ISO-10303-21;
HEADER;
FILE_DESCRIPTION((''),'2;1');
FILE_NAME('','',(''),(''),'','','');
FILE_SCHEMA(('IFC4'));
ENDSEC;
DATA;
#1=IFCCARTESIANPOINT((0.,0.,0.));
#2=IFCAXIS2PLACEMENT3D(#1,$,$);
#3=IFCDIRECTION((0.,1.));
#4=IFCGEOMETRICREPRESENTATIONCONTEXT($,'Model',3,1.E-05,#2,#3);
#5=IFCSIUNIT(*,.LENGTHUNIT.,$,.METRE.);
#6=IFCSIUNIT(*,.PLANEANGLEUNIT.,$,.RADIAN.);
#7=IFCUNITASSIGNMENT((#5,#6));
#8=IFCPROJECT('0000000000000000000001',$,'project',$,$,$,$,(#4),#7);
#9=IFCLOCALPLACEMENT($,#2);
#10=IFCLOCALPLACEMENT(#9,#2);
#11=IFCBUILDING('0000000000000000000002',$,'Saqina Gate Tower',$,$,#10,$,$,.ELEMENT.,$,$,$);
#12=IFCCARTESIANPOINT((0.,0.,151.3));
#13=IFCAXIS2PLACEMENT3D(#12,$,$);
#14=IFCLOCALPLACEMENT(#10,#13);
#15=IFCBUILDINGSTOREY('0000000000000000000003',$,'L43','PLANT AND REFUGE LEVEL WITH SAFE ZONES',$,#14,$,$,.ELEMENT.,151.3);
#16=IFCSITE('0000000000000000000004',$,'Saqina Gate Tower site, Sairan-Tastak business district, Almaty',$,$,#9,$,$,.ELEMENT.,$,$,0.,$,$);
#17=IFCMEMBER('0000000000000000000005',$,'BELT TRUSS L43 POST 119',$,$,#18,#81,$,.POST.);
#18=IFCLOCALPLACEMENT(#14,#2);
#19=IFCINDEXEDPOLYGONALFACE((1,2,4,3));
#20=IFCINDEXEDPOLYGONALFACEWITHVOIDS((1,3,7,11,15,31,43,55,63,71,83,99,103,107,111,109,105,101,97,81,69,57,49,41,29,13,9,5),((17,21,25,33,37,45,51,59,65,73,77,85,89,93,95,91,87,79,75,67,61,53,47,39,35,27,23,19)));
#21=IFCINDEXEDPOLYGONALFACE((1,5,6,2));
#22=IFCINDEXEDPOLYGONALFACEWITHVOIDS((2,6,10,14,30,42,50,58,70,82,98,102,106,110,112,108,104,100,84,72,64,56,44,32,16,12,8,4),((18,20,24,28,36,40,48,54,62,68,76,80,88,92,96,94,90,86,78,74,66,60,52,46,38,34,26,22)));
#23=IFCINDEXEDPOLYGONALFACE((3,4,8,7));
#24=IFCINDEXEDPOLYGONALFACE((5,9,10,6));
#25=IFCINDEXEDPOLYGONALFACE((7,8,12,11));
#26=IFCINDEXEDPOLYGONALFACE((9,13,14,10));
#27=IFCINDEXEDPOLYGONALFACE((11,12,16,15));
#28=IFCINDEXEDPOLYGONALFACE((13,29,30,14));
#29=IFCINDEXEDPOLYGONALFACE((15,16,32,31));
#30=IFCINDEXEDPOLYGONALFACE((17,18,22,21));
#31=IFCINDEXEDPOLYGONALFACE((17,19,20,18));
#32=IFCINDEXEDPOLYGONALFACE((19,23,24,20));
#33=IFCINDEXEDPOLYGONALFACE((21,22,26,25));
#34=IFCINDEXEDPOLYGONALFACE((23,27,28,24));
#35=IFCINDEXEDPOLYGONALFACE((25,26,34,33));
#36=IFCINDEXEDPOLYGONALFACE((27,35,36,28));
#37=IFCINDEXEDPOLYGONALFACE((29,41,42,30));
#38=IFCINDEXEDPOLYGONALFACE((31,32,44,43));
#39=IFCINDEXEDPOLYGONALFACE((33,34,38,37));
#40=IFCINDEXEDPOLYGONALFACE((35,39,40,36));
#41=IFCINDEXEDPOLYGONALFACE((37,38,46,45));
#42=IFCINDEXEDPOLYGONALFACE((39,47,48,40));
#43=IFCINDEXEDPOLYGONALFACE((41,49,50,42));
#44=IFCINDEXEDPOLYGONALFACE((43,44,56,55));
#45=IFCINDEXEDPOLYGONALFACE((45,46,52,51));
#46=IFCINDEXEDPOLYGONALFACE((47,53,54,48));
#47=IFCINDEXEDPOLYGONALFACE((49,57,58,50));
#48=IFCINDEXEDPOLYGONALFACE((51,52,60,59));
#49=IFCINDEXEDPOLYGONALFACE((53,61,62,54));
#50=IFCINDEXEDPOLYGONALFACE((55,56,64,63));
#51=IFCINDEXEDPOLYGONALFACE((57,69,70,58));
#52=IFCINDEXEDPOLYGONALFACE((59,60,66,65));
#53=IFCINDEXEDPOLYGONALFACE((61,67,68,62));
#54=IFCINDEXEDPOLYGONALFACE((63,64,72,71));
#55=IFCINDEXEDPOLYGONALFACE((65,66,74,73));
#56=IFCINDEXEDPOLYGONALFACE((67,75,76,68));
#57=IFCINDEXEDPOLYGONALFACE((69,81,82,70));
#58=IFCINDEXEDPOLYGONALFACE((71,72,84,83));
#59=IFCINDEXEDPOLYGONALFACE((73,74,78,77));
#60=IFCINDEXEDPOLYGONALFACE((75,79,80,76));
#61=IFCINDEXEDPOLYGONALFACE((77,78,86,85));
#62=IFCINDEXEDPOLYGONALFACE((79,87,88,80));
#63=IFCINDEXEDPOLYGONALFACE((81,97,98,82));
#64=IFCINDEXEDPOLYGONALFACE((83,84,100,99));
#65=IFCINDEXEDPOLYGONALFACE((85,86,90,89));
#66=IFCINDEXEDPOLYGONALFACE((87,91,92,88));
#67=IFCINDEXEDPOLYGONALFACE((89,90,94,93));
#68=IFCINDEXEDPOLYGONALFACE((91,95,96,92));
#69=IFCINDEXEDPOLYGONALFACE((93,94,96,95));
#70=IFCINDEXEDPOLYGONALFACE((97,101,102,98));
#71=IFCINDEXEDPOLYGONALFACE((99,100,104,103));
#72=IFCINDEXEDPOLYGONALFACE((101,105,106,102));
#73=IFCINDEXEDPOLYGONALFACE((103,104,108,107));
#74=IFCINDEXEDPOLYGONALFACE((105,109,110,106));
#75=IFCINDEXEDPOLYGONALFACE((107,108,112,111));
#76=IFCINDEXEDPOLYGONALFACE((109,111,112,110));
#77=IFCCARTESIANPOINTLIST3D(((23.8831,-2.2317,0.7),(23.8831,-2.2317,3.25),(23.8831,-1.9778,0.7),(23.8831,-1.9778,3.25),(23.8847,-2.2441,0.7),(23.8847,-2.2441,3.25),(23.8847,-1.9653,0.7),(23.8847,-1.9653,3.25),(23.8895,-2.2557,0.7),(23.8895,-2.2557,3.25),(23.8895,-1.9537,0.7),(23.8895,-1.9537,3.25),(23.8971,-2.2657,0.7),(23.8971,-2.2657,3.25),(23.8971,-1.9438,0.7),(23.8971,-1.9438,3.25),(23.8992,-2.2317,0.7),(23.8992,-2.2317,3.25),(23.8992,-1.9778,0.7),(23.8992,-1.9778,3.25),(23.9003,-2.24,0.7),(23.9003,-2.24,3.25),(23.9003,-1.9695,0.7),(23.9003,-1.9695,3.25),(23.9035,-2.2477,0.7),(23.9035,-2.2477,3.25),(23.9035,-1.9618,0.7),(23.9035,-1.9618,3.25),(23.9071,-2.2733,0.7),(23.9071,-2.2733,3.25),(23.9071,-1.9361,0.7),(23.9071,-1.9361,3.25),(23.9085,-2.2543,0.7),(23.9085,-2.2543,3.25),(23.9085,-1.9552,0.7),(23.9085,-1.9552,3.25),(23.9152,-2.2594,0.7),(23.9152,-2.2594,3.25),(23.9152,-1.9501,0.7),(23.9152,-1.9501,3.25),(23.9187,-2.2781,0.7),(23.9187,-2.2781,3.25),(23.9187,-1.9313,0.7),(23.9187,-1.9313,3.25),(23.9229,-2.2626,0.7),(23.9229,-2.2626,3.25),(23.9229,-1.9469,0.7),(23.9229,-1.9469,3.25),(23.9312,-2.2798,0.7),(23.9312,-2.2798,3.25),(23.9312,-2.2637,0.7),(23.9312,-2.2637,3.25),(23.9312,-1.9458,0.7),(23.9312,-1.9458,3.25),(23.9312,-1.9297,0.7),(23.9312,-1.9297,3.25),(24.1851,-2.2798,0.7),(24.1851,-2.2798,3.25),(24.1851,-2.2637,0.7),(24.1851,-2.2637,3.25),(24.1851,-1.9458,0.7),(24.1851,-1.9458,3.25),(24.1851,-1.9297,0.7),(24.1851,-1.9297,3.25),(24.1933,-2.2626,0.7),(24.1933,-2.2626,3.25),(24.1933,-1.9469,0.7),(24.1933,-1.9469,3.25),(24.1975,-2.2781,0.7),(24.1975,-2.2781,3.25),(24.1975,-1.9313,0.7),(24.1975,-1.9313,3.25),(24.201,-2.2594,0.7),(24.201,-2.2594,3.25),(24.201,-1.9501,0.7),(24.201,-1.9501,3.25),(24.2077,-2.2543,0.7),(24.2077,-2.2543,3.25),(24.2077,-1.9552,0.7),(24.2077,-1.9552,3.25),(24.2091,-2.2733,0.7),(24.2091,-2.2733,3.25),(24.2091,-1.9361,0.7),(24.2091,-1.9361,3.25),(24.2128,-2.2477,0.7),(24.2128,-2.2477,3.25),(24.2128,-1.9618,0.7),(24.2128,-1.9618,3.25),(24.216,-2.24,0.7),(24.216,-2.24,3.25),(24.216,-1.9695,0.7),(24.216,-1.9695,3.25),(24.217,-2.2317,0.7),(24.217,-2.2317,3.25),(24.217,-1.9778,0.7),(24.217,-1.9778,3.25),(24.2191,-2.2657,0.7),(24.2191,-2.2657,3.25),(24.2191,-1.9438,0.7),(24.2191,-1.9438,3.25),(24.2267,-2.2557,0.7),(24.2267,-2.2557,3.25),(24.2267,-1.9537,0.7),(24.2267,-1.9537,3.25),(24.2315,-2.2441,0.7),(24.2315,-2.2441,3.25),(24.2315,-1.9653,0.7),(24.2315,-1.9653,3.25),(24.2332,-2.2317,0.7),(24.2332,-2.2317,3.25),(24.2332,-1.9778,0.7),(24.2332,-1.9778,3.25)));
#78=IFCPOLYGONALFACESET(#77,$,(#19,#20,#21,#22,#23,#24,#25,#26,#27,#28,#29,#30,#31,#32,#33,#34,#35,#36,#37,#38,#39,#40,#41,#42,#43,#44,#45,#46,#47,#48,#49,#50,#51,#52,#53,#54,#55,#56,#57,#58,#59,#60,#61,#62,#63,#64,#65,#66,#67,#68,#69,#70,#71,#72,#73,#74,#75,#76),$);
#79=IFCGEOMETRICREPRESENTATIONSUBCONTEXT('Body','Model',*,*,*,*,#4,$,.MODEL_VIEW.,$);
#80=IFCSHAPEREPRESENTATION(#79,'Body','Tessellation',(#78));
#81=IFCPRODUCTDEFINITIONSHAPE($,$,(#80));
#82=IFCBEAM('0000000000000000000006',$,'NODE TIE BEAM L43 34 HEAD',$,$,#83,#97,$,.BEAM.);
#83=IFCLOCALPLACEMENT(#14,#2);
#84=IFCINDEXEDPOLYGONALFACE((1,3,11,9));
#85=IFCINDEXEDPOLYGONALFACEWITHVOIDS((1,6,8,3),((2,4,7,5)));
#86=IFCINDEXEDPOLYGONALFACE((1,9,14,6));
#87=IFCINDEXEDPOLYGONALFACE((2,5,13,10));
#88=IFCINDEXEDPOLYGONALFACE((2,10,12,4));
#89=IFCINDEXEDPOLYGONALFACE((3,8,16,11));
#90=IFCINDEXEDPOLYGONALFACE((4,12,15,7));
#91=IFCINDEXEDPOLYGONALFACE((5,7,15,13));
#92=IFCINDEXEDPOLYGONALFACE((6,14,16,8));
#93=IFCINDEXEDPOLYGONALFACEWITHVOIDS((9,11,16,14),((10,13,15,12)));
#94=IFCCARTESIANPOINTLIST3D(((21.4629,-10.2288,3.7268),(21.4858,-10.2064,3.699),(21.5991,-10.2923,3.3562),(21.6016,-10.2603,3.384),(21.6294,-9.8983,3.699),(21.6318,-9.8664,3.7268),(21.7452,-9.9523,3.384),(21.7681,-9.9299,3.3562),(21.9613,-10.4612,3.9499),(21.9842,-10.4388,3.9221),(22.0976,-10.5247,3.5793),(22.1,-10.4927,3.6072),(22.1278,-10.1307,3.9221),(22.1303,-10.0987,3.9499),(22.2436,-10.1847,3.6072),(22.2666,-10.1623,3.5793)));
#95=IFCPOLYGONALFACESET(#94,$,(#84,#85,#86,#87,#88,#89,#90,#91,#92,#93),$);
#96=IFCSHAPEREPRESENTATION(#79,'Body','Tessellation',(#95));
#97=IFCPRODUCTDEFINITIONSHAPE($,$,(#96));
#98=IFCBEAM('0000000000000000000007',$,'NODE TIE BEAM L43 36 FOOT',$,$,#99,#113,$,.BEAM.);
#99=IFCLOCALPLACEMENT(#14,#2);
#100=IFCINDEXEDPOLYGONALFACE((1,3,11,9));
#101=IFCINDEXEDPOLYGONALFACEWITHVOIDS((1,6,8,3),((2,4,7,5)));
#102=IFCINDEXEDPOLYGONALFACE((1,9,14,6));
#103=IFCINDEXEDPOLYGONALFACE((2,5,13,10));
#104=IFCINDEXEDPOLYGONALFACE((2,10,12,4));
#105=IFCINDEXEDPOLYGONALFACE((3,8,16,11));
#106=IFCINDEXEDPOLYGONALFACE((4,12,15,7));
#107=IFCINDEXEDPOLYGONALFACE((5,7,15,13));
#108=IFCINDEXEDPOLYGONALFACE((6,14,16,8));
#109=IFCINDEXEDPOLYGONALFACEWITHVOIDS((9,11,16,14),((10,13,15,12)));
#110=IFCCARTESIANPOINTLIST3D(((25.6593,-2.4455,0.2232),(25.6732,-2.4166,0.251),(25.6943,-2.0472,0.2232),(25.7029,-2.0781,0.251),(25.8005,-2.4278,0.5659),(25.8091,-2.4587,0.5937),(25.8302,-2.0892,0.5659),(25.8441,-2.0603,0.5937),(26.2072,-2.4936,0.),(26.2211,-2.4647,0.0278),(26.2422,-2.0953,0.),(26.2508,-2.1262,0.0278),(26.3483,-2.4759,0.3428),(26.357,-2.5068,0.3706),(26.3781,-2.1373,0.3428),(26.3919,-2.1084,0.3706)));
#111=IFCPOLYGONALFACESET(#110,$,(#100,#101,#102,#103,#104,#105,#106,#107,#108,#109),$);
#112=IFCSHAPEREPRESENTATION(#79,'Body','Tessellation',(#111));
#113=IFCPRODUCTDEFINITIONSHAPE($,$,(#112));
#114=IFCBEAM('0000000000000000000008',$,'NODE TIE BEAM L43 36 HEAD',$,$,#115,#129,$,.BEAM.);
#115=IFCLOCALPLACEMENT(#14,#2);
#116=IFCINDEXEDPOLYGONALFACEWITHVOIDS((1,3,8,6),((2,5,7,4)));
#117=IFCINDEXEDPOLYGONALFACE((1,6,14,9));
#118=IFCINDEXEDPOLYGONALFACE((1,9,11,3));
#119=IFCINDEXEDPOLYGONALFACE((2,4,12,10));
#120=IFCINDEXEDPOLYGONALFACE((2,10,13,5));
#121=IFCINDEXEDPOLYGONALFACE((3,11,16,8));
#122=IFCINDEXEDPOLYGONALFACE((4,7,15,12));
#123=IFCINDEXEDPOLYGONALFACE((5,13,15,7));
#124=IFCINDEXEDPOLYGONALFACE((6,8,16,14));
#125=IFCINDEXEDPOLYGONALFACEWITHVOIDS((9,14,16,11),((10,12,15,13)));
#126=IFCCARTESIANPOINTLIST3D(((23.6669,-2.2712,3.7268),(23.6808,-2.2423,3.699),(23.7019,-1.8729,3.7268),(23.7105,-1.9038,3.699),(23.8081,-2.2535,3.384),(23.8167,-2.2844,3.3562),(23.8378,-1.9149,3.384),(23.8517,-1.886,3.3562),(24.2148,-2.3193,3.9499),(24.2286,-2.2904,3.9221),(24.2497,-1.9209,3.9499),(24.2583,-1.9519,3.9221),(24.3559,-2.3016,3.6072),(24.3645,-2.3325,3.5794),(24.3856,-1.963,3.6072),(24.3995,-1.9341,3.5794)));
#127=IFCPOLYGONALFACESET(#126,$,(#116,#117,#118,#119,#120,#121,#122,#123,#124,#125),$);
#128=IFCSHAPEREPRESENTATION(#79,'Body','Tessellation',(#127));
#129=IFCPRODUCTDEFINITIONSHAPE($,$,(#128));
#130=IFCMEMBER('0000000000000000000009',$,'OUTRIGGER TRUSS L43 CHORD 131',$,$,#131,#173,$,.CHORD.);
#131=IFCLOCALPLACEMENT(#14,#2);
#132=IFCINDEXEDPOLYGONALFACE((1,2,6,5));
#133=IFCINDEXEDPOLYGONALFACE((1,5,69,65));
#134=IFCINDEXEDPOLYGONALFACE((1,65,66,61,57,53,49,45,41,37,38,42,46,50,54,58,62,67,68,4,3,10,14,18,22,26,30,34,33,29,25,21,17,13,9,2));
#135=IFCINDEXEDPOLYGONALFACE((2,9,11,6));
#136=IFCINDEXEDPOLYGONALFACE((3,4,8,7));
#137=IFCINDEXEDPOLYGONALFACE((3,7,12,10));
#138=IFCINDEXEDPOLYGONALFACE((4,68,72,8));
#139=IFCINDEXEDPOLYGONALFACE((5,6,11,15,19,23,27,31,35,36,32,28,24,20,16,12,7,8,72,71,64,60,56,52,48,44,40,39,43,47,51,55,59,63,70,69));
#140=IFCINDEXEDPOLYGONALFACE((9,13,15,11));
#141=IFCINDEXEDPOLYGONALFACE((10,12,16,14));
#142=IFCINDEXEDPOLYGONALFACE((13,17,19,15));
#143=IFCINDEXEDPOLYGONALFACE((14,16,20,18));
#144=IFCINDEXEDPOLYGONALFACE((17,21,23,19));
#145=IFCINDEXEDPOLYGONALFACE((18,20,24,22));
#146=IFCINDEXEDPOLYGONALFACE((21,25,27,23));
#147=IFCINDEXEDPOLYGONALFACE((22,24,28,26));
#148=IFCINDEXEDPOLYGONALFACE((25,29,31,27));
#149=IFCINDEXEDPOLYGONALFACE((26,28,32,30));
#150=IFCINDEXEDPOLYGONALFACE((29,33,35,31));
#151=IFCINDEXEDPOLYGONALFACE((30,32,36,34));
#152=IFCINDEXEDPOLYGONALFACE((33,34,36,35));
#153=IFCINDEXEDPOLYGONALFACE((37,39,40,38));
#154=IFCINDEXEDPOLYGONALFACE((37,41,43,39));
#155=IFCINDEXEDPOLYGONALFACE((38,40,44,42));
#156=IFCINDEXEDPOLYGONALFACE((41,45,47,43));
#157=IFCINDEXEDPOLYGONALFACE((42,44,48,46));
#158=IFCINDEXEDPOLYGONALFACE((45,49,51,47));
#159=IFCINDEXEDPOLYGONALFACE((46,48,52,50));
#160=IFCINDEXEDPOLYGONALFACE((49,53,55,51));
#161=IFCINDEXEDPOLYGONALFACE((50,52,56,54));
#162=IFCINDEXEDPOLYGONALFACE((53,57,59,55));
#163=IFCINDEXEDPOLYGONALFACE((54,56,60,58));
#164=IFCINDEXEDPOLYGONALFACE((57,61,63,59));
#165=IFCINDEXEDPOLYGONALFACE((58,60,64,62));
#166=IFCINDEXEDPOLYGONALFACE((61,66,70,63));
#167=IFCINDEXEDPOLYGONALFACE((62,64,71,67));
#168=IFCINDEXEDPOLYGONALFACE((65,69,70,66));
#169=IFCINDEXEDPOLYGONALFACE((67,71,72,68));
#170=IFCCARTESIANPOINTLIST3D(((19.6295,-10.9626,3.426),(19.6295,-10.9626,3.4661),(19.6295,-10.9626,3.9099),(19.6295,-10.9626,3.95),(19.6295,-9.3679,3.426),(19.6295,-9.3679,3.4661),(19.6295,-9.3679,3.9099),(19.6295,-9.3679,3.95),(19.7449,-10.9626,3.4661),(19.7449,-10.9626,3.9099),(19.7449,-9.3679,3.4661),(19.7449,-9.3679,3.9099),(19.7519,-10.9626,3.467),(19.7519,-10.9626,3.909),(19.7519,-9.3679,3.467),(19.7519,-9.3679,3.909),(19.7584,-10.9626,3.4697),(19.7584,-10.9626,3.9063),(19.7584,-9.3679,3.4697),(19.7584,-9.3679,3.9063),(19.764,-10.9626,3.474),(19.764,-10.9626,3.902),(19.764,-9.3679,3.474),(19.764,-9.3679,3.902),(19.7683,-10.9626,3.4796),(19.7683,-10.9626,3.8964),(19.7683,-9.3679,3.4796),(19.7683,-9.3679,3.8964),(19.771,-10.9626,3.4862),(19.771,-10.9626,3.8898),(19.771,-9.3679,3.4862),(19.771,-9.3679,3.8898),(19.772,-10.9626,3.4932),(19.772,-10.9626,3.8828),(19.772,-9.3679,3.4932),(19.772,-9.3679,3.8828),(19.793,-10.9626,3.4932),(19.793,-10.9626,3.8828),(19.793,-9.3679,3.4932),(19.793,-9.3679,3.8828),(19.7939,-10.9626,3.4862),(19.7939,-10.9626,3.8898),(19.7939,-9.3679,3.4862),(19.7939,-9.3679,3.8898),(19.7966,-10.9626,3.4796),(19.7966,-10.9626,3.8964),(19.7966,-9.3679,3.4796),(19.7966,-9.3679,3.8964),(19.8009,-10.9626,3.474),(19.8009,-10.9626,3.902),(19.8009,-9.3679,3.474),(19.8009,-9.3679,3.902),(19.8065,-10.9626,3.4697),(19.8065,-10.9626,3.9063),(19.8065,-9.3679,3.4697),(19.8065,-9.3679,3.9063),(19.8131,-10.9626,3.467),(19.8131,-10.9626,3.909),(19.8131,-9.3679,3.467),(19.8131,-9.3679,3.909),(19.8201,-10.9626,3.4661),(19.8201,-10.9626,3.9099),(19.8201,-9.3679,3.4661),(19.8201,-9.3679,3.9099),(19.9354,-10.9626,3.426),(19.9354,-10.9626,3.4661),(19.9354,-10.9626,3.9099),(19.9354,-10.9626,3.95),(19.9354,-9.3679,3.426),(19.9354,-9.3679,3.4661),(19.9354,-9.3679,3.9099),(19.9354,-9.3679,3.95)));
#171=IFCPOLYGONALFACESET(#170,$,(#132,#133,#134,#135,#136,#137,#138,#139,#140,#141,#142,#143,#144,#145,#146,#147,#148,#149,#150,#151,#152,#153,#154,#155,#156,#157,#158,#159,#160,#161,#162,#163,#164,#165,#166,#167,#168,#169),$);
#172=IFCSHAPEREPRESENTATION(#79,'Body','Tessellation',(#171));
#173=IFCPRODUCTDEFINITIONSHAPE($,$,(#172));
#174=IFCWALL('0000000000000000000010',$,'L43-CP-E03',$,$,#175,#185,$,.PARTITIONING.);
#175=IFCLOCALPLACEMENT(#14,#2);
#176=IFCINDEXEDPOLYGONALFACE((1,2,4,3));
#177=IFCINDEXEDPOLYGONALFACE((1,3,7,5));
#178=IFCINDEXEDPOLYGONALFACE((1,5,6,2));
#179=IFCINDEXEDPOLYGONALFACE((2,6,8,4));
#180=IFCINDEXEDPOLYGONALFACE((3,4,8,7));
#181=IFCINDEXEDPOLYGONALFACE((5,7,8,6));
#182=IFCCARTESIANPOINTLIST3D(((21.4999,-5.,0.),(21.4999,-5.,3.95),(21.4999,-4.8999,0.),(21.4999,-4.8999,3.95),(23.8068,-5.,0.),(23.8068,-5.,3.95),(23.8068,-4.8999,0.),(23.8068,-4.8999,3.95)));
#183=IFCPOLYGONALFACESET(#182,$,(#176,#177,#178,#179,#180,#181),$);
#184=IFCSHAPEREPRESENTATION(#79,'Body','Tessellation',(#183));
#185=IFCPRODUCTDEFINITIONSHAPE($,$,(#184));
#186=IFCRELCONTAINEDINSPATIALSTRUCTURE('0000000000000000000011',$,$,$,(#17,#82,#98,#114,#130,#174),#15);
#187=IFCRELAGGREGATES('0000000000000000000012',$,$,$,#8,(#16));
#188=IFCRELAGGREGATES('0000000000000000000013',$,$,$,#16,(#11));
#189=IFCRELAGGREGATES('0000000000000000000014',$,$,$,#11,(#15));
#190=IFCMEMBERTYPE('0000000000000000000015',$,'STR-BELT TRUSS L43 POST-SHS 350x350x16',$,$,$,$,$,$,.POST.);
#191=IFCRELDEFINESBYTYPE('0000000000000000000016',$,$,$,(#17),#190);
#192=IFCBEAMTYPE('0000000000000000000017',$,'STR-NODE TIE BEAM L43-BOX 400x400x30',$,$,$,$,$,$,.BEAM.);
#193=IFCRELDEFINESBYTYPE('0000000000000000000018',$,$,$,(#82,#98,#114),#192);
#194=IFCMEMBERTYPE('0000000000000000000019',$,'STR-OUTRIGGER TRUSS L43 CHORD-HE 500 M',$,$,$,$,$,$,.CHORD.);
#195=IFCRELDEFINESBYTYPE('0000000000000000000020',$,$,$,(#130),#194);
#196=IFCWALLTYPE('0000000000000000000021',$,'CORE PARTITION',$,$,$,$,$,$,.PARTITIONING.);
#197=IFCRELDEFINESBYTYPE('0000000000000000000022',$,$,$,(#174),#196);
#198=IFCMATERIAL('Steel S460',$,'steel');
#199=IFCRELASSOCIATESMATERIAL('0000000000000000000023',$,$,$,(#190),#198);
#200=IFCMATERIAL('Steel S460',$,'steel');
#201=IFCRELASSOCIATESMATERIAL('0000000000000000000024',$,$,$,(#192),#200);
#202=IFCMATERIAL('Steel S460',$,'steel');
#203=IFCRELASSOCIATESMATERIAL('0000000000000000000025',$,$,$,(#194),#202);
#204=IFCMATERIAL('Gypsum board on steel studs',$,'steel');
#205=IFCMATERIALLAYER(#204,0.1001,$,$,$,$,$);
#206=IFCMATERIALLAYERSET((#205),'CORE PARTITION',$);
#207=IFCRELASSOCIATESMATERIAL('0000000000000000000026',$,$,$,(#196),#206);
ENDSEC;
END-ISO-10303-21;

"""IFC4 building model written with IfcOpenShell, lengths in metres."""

from ifc_helpers import new_model, si_unit, direction, frame, frame_2d, origin, origin_2d, place, context, subcontext, project, spatial, rectangle, hollow_rectangle, i_section, extrude, material, layer, layer_set, material_profile, profile_set, type_object, element, save


model = new_model("IFC4")

# Units and contexts
model_context = context("Model", 3, precision=1e-05, world=origin(), true_north=direction((0.0, 1.0)))
body_context = subcontext(model_context, "Body", "Model", "MODEL_VIEW")
ifc_project = project(units=[si_unit("LENGTHUNIT", "METRE"), si_unit("PLANEANGLEUNIT", "RADIAN")], contexts=[model_context])

# Site, building, storey
site_placement = place(None, origin())
site = spatial("IfcSite", under=ifc_project, at=site_placement, Name="Saqina Gate Tower site, Sairan-Tastak business district, Almaty", CompositionType="ELEMENT", RefElevation=0.0)
building_placement = place(site_placement, origin())
building = spatial("IfcBuilding", under=site, at=building_placement, Name="Saqina Gate Tower", CompositionType="ELEMENT")
storey_placement = place(building_placement, frame((0.0, 0.0, 151.3)))
storey = spatial("IfcBuildingStorey", under=building, at=storey_placement, Name="L43", Description="PLANT AND REFUGE LEVEL WITH SAFE ZONES", CompositionType="ELEMENT", Elevation=151.3)

# Member
ifc_material_1 = material(Name="Steel S460", Category="steel")
ifc_material_profile_1 = material_profile(ifc_material_1, hollow_rectangle(XDim=0.3501, YDim=0.3501, WallThickness=0.0161, InnerFilletRadius=0.032, OuterFilletRadius=0.0481, at=origin_2d()), Name="SHS 350x350x16")
ifc_profile_set_1 = profile_set([ifc_material_profile_1], Name="Steel S460")
member_type_1 = type_object("IfcMemberType", Name="STR-BELT TRUSS L43 POST-SHS 350x350x16", PredefinedType="POST", material=ifc_profile_set_1)
for number, where, z_axis, x_axis, name in (
    (1, (24.0581, -2.1047, 0.7), (0.0, 0.0, 1.0), (1.0, 0.0, 0.0), "BELT TRUSS L43 POST 119"),
):
    element("IfcMember", number, at=place(storey_placement, frame(where, z_axis=z_axis, x_axis=x_axis)), inside=storey, type_object=member_type_1, Name=name, PredefinedType="POST", context=body_context, shape_type="SweptSolid", body=[
        extrude(hollow_rectangle(XDim=0.3501, YDim=0.3501, WallThickness=0.0161, InnerFilletRadius=0.032, OuterFilletRadius=0.0481, at=origin_2d()), origin(), (0.0, 0.0, 1.0), 2.55),
    ])

# Beams
ifc_material_2 = material(Name="Steel S460", Category="steel")
ifc_material_profile_2 = material_profile(ifc_material_2, hollow_rectangle(XDim=0.3999, YDim=0.3999, WallThickness=0.03, at=origin_2d()), Name="BOX 400x400x30")
ifc_profile_set_2 = profile_set([ifc_material_profile_2], Name="Steel S460")
beam_type = type_object("IfcBeamType", Name="STR-NODE TIE BEAM L43-BOX 400x400x30", PredefinedType="BEAM", material=ifc_profile_set_2)
for number, where, z_axis, x_axis, name in (
    (2, (21.6155, -10.0793, 3.5415), (0.839863, -0.391552, 0.375923), (0.422545, 0.906342, 0.0), "NODE TIE BEAM L43 34 HEAD"),
    (3, (26.2996, -2.301, 0.1853), (-0.923078, 0.081037, 0.375978), (-0.087453, -0.996169, 0.0), "NODE TIE BEAM L43 36 FOOT"),
    (4, (23.7593, -2.0786, 3.5415), (0.923078, -0.081037, 0.375978), (0.087453, 0.996169, 0.0), "NODE TIE BEAM L43 36 HEAD"),
):
    element("IfcBeam", number, at=place(storey_placement, frame(where, z_axis=z_axis, x_axis=x_axis)), inside=storey, type_object=beam_type, Name=name, PredefinedType="BEAM", context=body_context, shape_type="SweptSolid", body=[
        extrude(hollow_rectangle(XDim=0.3999, YDim=0.3999, WallThickness=0.03, at=origin_2d()), origin(), (0.0, 0.0, 1.0), 0.5935),
    ])

# Member
ifc_material_3 = material(Name="Steel S460", Category="steel")
ifc_material_profile_3 = material_profile(ifc_material_3, i_section(OverallWidth=0.3059, OverallDepth=0.5239, WebThickness=0.021, FlangeThickness=0.04, FilletRadius=0.0271, at=origin_2d()), Name="HE 500 M")
ifc_profile_set_3 = profile_set([ifc_material_profile_3], Name="Steel S460")
member_type_2 = type_object("IfcMemberType", Name="STR-OUTRIGGER TRUSS L43 CHORD-HE 500 M", PredefinedType="CHORD", material=ifc_profile_set_3)
member_1_placement = place(storey_placement, frame((19.7825, -9.3679, 3.688), z_axis=(0.0, -1.0, 0.0), x_axis=(1.0, 0.0, 0.0)))
element("IfcMember", 5, at=member_1_placement, inside=storey, type_object=member_type_2, Name="OUTRIGGER TRUSS L43 CHORD 131", PredefinedType="CHORD", context=body_context, shape_type="SweptSolid", body=[
    extrude(i_section(OverallWidth=0.3059, OverallDepth=0.5239, WebThickness=0.021, FlangeThickness=0.04, FilletRadius=0.0271, at=origin_2d()), origin(), (0.0, 0.0, 1.0), 1.5947),
])

# Wall
ifc_material_4 = material(Name="Gypsum board on steel studs", Category="steel")
ifc_layer_1 = layer(ifc_material_4, 0.1001)
ifc_layer_set_1 = layer_set([ifc_layer_1], Name="CORE PARTITION")
wall_type_1 = type_object("IfcWallType", Name="CORE PARTITION", PredefinedType="PARTITIONING", material=ifc_layer_set_1)
wall_1_placement = place(storey_placement, frame((21.5, -4.95, 0.0), z_axis=(0.0, 0.0, 1.0), x_axis=(1.0, 0.0, 0.0)))
element("IfcWall", 6, at=wall_1_placement, inside=storey, type_object=wall_type_1, Name="L43-CP-E03", PredefinedType="PARTITIONING", context=body_context, shape_type="SweptSolid", body=[
    extrude(rectangle(XDim=2.3069, YDim=0.1001, at=frame_2d((1.1533, 0.0))), origin(), (0.0, 0.0, 1.0), 3.95),
])

save(model, "model.ifc")
